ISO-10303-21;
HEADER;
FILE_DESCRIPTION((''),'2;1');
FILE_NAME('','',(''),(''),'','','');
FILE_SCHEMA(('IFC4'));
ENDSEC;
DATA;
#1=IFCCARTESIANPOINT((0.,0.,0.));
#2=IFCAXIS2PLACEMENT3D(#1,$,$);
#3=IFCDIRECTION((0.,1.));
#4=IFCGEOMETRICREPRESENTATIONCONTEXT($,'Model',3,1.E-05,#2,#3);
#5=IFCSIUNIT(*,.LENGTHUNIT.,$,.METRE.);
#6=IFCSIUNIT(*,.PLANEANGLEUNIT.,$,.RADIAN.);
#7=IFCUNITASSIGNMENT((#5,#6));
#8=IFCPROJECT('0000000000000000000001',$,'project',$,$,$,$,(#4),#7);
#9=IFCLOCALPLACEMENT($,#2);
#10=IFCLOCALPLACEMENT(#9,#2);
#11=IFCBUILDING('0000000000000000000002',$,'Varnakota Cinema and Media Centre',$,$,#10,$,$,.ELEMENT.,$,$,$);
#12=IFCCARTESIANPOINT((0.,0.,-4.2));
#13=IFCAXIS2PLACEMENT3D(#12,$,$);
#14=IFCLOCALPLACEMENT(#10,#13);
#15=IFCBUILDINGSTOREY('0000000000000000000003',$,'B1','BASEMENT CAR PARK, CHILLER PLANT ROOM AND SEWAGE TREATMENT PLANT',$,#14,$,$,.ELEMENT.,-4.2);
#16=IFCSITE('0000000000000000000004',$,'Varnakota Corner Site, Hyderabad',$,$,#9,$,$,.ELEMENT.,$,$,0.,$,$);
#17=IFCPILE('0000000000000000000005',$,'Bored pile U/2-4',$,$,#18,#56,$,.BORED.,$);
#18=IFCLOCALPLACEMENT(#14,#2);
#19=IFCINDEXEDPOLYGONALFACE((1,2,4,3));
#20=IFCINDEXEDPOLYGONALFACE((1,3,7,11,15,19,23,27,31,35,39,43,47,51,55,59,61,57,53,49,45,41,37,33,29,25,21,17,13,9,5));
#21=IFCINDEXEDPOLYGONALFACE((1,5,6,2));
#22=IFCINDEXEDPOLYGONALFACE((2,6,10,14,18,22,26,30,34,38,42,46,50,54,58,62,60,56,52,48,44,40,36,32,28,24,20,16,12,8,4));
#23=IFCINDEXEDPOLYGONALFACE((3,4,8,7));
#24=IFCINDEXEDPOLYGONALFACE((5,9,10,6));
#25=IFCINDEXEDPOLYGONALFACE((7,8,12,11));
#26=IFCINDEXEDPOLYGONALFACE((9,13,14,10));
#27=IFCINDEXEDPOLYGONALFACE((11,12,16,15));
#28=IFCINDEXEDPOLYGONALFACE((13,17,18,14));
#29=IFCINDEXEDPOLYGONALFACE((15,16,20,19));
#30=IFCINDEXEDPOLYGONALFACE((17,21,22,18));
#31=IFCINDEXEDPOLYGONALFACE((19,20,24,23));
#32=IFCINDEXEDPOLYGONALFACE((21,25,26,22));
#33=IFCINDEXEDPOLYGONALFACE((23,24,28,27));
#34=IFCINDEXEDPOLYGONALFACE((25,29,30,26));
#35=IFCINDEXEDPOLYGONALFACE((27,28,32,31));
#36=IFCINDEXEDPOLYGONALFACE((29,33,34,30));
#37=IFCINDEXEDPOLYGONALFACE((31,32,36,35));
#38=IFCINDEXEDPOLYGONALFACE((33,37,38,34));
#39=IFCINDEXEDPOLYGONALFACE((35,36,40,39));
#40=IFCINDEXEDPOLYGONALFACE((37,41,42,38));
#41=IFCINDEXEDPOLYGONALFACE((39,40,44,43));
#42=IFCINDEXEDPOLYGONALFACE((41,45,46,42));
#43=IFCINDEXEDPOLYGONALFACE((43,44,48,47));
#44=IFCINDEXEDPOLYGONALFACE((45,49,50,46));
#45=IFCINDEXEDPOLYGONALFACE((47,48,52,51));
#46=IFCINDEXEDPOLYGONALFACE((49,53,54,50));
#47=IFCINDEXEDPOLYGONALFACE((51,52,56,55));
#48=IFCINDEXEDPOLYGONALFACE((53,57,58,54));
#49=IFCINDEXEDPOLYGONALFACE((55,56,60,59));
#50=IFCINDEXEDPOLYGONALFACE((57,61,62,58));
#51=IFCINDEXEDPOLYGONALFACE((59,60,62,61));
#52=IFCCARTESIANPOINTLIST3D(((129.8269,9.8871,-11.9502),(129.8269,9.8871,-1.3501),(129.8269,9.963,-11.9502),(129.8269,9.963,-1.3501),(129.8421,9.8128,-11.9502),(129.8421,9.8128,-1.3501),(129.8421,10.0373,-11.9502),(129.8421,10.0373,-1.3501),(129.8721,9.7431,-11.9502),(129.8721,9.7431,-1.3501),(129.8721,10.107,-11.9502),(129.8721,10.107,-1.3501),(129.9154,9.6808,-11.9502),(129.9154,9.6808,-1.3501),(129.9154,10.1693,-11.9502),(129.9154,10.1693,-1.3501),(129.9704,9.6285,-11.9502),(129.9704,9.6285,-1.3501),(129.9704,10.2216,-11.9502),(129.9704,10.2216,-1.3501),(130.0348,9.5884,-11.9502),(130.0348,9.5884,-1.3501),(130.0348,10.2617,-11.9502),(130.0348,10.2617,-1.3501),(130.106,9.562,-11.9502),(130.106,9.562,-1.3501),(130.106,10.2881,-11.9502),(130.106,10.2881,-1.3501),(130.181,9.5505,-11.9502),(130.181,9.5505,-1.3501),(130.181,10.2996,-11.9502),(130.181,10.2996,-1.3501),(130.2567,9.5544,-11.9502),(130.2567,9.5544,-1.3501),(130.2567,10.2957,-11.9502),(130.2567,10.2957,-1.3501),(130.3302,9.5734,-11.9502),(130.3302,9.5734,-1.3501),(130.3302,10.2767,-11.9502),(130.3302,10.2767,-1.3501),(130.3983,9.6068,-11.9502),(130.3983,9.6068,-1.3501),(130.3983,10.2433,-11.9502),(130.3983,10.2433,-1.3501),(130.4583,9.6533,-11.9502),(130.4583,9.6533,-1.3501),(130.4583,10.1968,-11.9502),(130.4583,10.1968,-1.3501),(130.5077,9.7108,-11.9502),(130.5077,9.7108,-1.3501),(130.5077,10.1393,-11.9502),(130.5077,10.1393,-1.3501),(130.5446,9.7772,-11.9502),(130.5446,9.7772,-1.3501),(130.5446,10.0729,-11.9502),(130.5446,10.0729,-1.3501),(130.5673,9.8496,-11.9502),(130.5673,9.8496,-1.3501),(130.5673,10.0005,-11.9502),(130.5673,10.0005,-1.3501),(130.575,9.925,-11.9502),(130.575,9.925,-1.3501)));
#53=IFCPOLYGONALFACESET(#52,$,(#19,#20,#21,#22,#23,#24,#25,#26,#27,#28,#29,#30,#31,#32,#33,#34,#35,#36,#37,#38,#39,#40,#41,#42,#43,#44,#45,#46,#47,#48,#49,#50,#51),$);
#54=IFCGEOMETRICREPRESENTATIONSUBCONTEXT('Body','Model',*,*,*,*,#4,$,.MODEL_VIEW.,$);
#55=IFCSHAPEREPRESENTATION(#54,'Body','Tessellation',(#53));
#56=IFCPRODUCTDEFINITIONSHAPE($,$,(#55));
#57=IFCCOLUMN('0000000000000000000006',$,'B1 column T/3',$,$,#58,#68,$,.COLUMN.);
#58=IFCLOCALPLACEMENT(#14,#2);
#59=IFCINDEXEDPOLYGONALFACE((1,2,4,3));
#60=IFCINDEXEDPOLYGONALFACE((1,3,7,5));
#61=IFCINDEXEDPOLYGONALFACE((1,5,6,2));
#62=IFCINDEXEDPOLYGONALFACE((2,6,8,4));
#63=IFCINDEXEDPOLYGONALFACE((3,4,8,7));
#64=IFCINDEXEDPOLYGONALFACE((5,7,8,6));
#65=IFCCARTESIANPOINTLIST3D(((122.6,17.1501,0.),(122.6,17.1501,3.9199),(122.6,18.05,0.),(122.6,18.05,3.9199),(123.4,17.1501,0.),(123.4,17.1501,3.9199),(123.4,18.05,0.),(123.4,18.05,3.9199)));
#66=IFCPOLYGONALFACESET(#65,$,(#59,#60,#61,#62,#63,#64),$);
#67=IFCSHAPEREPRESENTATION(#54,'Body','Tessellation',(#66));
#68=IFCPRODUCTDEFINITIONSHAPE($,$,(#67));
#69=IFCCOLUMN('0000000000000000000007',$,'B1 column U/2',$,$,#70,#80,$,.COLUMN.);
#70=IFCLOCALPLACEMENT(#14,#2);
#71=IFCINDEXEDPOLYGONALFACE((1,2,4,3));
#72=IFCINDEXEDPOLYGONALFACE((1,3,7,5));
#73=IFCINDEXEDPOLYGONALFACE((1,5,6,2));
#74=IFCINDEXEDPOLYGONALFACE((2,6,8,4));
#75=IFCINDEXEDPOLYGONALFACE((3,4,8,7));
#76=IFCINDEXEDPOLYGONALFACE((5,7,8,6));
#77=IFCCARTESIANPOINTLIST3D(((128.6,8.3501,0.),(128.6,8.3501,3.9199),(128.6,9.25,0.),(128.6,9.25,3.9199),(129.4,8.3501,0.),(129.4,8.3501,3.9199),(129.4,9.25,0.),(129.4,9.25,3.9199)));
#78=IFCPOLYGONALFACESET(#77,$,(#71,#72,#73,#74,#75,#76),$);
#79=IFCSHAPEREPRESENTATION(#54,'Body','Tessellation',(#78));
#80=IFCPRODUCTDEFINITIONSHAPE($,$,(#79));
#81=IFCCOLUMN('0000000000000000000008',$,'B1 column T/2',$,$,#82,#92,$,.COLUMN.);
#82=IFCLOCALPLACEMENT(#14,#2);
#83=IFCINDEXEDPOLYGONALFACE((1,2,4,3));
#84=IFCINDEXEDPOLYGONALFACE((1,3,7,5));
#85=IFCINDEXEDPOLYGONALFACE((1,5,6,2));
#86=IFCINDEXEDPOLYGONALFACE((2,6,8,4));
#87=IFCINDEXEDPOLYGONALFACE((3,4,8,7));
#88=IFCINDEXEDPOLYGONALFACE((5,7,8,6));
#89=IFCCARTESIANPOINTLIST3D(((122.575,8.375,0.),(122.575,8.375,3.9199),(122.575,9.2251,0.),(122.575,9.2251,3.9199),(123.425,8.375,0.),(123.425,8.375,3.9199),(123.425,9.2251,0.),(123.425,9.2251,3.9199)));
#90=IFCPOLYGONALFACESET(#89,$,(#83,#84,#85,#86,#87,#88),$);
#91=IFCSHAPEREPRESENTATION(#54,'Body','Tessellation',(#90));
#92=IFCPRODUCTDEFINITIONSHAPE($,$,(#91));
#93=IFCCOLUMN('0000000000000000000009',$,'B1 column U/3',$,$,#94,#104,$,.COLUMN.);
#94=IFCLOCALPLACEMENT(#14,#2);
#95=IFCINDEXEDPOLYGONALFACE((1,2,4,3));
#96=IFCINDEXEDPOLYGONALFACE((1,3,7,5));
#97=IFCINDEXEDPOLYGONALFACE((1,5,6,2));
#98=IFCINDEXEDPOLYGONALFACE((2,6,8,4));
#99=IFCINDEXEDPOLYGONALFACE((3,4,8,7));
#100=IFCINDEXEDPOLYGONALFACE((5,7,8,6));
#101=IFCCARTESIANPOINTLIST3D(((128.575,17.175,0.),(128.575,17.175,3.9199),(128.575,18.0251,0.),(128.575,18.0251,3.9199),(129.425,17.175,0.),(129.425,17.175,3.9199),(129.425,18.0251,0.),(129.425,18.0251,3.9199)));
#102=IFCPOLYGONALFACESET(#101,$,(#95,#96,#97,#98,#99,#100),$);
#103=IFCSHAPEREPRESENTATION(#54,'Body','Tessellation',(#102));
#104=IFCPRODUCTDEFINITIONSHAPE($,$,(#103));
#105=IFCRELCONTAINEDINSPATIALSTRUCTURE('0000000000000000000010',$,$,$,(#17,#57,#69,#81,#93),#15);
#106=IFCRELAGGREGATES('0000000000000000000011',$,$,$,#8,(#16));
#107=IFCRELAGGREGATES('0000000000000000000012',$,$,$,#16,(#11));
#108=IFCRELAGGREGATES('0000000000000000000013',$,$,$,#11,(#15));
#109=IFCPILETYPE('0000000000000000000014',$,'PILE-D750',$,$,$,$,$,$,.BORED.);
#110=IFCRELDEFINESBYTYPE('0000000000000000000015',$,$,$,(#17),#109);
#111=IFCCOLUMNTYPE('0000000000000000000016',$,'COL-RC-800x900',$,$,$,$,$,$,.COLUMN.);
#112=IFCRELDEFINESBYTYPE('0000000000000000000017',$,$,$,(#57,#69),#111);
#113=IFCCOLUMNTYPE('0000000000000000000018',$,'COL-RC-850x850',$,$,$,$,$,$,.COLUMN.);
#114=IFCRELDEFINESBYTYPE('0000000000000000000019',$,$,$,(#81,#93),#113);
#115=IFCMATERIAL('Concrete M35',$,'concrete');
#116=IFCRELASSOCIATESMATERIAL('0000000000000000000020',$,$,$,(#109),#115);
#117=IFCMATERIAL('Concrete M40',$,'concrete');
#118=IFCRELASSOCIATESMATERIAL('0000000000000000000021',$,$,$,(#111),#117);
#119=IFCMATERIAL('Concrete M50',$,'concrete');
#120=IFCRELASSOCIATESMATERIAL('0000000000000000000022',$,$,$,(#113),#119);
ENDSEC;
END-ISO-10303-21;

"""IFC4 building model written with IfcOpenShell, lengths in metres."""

from ifc_helpers import new_model, si_unit, direction, frame, origin, origin_2d, place, context, subcontext, project, spatial, rectangle, circle, extrude, material, material_profile, profile_set, type_object, element, save


model = new_model("IFC4")

# Units and contexts
model_context = context("Model", 3, precision=1e-05, world=origin(), true_north=direction((0.0, 1.0)))
body_context = subcontext(model_context, "Body", "Model", "MODEL_VIEW")
ifc_project = project(units=[si_unit("LENGTHUNIT", "METRE"), si_unit("PLANEANGLEUNIT", "RADIAN")], contexts=[model_context])

# Site, building, storey
site_placement = place(None, origin())
site = spatial("IfcSite", under=ifc_project, at=site_placement, Name="Varnakota Corner Site, Hyderabad", CompositionType="ELEMENT", RefElevation=0.0)
building_placement = place(site_placement, origin())
building = spatial("IfcBuilding", under=site, at=building_placement, Name="Varnakota Cinema and Media Centre", CompositionType="ELEMENT")
storey_placement = place(building_placement, frame((0.0, 0.0, -4.2)))
storey = spatial("IfcBuildingStorey", under=building, at=storey_placement, Name="B1", Description="BASEMENT CAR PARK, CHILLER PLANT ROOM AND SEWAGE TREATMENT PLANT", CompositionType="ELEMENT", Elevation=-4.2)

# Pile
ifc_material_1 = material(Name="Concrete M35", Category="concrete")
ifc_material_profile_1 = material_profile(ifc_material_1, circle(Radius=0.375, at=origin_2d()), Name="PILE D750")
ifc_profile_set_1 = profile_set([ifc_material_profile_1], Name="Concrete M35")
pile_type_1 = type_object("IfcPileType", Name="PILE-D750", PredefinedType="BORED", material=ifc_profile_set_1)
for number, where, z_axis, x_axis, name in (
    (1, (130.2, 9.925, -1.3501), (0.0, 0.0, -1.0), (1.0, 0.0, 0.0), "Bored pile U/2-4"),
):
    element("IfcPile", number, at=place(storey_placement, frame(where, z_axis=z_axis, x_axis=x_axis)), inside=storey, type_object=pile_type_1, Name=name, PredefinedType="BORED", context=body_context, shape_type="SweptSolid", body=[
        extrude(circle(Radius=0.375, at=origin_2d()), origin(), (0.0, 0.0, 1.0), 10.6001),
    ])

# Columns
ifc_material_2 = material(Name="Concrete M40", Category="concrete")
ifc_material_profile_2 = material_profile(ifc_material_2, rectangle(XDim=0.8, YDim=0.8999, at=origin_2d()), Name="RC 800x900")
ifc_profile_set_2 = profile_set([ifc_material_profile_2], Name="Concrete M40")
column_type_1 = type_object("IfcColumnType", Name="COL-RC-800x900", PredefinedType="COLUMN", material=ifc_profile_set_2)
for number, where, z_axis, x_axis, name in (
    (2, (123.0, 17.6001, 0.0), (0.0, 0.0, 1.0), (1.0, 0.0, 0.0), "B1 column T/3"),
    (3, (129.0, 8.8, 0.0), (0.0, 0.0, 1.0), (1.0, 0.0, 0.0), "B1 column U/2"),
):
    element("IfcColumn", number, at=place(storey_placement, frame(where, z_axis=z_axis, x_axis=x_axis)), inside=storey, type_object=column_type_1, Name=name, PredefinedType="COLUMN", context=body_context, shape_type="SweptSolid", body=[
        extrude(rectangle(XDim=0.8, YDim=0.8999, at=origin_2d()), origin(), (0.0, 0.0, 1.0), 3.9199),
    ])
ifc_material_3 = material(Name="Concrete M50", Category="concrete")
ifc_material_profile_3 = material_profile(ifc_material_3, rectangle(XDim=0.8501, YDim=0.8501, at=origin_2d()), Name="RC 850x850")
ifc_profile_set_3 = profile_set([ifc_material_profile_3], Name="Concrete M50")
column_type_2 = type_object("IfcColumnType", Name="COL-RC-850x850", PredefinedType="COLUMN", material=ifc_profile_set_3)
for number, where, z_axis, x_axis, name in (
    (4, (123.0, 8.8, 0.0), (0.0, 0.0, 1.0), (1.0, 0.0, 0.0), "B1 column T/2"),
    (5, (129.0, 17.6001, 0.0), (0.0, 0.0, 1.0), (1.0, 0.0, 0.0), "B1 column U/3"),
):
    element("IfcColumn", number, at=place(storey_placement, frame(where, z_axis=z_axis, x_axis=x_axis)), inside=storey, type_object=column_type_2, Name=name, PredefinedType="COLUMN", context=body_context, shape_type="SweptSolid", body=[
        extrude(rectangle(XDim=0.8501, YDim=0.8501, at=origin_2d()), origin(), (0.0, 0.0, 1.0), 3.9199),
    ])

save(model, "model.ifc")
